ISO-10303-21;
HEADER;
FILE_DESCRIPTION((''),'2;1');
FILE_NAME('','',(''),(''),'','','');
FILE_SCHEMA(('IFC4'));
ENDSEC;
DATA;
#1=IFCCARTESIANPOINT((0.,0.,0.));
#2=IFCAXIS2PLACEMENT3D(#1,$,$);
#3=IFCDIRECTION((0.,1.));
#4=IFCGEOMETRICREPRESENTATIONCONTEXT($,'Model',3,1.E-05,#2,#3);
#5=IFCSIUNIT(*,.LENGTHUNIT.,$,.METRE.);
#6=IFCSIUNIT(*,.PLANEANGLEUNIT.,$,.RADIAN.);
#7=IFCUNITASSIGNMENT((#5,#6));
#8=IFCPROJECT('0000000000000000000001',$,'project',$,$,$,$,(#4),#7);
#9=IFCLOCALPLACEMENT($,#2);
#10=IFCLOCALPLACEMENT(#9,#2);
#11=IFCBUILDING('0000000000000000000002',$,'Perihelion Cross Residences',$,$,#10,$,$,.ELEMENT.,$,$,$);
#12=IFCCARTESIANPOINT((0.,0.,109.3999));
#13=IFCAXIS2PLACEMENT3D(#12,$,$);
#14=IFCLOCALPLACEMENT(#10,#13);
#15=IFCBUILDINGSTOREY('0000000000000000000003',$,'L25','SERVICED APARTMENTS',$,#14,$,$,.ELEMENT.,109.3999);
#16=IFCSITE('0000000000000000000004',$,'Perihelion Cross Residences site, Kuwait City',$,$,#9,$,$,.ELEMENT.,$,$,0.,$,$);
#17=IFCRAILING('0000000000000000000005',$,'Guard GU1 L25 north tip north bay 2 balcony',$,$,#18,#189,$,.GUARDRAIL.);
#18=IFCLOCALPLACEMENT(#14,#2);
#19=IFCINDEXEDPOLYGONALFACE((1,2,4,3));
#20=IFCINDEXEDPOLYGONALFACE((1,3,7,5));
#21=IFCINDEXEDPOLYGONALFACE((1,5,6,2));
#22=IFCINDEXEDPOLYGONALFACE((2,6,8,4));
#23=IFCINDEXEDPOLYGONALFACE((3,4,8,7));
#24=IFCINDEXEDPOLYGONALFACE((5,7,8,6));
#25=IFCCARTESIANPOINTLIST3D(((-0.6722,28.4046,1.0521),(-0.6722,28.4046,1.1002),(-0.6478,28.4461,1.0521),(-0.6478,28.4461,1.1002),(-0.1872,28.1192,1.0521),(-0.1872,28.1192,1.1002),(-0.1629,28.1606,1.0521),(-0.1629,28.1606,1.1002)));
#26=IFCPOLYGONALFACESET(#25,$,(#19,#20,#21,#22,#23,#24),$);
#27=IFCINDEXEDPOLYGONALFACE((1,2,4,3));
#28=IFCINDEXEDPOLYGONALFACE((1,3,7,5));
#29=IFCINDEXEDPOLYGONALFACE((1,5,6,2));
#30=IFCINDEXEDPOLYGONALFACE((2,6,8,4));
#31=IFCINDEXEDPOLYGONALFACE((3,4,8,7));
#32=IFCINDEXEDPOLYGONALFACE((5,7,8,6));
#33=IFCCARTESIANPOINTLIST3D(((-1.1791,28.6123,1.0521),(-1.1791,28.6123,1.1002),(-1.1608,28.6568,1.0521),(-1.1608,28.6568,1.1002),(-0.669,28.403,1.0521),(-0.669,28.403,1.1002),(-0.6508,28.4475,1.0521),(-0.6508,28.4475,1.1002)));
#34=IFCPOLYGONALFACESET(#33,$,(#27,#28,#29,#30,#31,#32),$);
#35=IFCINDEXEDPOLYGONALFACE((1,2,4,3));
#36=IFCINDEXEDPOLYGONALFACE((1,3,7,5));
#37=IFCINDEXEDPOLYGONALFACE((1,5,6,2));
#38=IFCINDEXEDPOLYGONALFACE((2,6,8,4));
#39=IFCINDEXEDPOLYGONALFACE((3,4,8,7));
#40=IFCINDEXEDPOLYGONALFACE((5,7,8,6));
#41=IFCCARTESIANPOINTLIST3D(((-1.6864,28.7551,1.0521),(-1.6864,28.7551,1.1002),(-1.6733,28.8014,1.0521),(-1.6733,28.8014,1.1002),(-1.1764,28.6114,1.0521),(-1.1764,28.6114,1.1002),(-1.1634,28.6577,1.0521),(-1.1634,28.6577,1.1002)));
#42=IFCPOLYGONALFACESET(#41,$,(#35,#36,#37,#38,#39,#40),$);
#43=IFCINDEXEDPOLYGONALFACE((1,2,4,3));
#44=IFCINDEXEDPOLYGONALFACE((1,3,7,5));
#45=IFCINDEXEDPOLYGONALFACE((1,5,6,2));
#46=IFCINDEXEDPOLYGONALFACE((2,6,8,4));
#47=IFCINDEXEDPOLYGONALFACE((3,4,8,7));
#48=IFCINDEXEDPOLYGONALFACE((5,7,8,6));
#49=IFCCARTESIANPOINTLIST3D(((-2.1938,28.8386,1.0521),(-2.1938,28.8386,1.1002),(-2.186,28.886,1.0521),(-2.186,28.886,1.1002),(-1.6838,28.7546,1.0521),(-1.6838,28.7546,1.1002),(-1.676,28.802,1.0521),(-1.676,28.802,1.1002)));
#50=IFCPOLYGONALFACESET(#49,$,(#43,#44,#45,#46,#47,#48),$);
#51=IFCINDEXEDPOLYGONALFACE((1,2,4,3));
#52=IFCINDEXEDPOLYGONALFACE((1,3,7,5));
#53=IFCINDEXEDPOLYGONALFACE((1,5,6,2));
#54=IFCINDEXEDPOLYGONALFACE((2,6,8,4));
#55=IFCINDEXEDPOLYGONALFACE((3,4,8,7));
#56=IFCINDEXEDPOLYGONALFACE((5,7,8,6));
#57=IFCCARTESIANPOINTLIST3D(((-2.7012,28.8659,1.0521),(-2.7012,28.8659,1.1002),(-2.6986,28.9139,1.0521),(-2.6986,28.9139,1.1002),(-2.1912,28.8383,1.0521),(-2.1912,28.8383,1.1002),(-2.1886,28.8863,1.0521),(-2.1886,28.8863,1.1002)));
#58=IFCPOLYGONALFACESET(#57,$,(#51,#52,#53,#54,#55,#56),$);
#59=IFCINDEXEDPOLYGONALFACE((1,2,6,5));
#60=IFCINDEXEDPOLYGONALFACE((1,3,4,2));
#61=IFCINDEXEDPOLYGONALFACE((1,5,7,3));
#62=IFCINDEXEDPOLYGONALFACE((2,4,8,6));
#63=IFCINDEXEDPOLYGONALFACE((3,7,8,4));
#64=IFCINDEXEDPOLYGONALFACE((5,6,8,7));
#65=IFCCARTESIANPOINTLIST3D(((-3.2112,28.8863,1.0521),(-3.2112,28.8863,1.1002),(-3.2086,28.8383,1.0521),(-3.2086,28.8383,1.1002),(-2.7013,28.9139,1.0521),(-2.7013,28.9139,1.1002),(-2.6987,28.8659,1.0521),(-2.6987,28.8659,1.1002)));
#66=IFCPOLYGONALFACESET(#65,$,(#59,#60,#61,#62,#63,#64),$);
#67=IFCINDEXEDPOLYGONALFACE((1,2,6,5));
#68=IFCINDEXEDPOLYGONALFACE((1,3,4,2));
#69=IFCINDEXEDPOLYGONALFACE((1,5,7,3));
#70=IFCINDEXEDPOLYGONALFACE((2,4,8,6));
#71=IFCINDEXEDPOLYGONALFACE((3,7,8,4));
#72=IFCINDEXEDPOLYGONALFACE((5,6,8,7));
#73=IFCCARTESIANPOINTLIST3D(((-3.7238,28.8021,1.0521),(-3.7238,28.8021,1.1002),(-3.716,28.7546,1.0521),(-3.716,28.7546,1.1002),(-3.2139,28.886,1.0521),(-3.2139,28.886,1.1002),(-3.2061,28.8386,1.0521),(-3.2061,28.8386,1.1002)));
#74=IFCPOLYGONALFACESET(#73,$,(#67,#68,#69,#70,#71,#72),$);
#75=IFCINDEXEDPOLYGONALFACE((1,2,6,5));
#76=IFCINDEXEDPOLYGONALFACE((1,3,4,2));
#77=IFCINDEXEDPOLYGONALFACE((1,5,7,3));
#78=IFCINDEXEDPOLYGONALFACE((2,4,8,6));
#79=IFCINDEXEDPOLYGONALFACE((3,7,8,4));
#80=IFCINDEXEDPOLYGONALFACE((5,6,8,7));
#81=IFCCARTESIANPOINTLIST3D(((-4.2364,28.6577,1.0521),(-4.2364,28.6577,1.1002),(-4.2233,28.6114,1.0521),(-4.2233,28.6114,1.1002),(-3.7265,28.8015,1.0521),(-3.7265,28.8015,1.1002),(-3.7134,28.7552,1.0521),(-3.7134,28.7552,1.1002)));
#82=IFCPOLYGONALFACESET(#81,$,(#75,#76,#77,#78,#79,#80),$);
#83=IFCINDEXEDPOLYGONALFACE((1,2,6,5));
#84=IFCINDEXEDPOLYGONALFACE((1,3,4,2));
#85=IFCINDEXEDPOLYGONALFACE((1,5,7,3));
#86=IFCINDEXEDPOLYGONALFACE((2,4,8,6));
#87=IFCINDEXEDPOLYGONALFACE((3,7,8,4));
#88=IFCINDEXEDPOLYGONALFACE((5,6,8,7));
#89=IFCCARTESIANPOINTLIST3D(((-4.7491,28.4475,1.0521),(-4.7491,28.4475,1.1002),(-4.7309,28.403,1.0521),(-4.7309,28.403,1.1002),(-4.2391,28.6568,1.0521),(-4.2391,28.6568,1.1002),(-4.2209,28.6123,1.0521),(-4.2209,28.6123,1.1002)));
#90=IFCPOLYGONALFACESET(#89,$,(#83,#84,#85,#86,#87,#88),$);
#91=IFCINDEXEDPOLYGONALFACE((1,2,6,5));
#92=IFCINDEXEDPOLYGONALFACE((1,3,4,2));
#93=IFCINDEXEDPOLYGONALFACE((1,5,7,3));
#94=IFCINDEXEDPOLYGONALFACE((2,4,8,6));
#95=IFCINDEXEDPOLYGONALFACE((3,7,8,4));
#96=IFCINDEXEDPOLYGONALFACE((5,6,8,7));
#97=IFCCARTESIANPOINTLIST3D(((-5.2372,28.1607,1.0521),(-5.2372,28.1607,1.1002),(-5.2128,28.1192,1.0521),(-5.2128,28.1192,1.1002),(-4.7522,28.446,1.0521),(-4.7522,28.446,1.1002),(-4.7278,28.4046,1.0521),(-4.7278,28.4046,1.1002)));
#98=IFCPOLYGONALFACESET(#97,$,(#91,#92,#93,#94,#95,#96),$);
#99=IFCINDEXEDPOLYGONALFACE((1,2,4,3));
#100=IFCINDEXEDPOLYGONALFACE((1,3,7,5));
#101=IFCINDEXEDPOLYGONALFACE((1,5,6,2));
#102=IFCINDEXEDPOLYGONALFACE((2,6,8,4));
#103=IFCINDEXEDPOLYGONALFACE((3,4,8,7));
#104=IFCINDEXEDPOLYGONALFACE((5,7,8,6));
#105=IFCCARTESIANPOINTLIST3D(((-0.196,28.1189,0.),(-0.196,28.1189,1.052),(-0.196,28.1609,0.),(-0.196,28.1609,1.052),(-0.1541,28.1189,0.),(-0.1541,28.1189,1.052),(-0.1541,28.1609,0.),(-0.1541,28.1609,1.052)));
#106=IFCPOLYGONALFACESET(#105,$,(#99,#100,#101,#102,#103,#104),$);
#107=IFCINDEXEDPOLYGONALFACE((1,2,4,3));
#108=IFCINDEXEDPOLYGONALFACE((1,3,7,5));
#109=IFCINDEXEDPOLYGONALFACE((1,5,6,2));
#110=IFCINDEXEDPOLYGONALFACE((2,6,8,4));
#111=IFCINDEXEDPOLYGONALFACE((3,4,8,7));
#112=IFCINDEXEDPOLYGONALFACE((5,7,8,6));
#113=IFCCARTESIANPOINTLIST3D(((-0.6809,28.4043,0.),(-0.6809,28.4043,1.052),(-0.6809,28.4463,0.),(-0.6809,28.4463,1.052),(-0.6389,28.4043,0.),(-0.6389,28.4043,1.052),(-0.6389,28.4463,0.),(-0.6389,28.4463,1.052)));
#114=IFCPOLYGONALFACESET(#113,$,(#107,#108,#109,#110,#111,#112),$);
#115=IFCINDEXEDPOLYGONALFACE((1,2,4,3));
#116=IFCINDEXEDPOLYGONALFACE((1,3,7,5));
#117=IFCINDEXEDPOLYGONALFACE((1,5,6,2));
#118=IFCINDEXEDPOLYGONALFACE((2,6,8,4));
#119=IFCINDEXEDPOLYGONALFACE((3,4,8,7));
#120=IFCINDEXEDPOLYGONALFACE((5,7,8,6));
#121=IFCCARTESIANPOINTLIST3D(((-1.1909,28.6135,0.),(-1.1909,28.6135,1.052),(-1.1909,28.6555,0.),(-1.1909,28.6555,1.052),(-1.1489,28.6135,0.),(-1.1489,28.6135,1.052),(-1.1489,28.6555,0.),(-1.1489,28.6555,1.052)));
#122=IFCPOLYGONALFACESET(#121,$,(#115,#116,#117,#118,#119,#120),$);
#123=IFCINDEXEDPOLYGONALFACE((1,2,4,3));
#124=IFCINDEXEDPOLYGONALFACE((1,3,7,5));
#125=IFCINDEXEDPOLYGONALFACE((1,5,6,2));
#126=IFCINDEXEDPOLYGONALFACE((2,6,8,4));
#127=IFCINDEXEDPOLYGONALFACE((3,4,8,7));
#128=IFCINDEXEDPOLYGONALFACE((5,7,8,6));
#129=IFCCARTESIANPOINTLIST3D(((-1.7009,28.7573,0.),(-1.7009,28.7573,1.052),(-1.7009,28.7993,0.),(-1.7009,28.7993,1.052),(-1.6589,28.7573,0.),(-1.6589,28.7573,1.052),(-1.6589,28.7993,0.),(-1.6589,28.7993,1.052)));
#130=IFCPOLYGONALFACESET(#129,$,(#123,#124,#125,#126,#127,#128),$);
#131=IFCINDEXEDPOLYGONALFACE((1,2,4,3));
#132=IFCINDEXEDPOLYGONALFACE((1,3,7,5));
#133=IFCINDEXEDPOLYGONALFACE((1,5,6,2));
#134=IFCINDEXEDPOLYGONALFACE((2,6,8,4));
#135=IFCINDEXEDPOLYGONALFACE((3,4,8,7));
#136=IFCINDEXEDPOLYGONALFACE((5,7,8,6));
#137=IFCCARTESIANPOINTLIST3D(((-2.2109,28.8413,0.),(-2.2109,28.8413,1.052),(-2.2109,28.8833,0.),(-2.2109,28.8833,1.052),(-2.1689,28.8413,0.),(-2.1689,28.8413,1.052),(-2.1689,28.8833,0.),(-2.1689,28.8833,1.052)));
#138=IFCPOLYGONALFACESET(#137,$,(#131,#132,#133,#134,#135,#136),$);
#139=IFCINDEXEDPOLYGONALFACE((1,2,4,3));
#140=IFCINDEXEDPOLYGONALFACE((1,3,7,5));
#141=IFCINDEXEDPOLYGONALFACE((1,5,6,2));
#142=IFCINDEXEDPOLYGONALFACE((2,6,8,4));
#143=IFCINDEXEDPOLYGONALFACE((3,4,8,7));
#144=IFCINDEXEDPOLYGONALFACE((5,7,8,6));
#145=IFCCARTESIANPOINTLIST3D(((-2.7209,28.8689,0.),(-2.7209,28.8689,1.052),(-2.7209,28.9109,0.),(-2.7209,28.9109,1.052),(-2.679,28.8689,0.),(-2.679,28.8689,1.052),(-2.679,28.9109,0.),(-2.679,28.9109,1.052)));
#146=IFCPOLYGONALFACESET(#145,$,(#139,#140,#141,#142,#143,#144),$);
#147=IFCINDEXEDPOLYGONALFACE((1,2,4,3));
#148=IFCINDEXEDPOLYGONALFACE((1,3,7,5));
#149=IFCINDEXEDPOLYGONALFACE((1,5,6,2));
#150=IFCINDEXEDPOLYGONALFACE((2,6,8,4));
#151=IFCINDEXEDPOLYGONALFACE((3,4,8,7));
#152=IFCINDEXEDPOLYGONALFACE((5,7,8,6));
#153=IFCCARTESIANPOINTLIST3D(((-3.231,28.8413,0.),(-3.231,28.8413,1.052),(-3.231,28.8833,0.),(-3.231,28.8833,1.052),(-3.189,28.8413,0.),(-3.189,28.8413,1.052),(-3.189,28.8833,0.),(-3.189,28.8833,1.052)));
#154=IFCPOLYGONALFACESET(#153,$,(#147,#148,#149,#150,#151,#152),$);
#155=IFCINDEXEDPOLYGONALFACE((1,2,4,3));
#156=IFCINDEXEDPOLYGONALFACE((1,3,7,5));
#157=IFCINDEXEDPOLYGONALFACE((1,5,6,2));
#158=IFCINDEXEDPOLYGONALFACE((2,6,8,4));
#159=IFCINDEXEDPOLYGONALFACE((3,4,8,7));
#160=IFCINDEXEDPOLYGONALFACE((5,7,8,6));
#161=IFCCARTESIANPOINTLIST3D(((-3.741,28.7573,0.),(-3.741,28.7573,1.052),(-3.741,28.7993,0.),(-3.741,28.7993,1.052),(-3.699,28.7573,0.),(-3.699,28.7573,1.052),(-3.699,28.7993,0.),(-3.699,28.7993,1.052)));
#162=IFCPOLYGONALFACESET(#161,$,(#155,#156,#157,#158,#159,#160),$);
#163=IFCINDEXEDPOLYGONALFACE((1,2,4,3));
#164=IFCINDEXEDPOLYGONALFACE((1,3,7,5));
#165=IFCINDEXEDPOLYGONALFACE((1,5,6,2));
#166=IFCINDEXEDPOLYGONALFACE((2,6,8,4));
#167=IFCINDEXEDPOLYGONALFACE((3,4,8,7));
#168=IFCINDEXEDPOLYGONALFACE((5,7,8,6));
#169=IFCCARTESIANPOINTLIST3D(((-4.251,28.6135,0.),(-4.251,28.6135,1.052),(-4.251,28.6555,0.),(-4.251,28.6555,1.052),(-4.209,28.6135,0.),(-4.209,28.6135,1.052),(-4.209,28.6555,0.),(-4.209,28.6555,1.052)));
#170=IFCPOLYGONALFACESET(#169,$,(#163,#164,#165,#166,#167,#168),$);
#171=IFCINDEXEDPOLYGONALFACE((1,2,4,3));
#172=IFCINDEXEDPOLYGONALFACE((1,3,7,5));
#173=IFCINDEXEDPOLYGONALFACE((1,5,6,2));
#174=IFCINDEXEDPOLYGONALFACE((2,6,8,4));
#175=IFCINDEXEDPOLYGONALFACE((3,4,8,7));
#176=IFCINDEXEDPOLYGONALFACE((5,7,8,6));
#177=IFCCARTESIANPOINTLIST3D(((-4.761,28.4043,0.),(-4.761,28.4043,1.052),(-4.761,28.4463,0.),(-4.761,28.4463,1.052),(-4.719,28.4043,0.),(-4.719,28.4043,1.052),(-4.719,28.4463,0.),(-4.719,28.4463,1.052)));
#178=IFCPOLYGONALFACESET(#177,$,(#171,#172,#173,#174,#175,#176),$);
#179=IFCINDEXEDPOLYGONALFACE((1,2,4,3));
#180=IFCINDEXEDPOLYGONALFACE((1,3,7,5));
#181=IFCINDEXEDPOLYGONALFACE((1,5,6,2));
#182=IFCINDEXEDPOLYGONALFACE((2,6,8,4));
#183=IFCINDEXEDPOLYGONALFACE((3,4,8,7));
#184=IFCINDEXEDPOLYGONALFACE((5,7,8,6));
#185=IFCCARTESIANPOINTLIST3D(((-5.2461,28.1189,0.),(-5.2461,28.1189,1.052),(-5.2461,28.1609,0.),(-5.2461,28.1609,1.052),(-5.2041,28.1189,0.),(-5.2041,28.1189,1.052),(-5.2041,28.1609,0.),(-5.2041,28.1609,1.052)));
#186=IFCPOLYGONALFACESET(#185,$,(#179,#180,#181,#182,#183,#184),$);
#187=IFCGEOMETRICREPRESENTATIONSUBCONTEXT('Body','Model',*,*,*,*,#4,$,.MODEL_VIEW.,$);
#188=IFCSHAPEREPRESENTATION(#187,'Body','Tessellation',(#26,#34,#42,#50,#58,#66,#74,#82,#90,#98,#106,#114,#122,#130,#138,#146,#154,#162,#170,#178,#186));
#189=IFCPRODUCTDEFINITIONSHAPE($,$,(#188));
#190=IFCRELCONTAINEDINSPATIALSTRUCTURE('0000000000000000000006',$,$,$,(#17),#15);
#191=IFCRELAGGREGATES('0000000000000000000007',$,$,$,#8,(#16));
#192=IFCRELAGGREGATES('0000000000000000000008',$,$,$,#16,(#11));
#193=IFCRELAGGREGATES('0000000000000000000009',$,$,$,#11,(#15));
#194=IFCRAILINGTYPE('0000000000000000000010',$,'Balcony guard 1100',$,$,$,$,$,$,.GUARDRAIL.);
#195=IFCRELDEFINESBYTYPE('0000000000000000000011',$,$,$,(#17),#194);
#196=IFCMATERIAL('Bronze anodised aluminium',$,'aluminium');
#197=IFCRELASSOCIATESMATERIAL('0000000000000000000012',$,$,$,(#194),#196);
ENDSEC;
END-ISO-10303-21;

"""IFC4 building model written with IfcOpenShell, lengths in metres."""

from ifc_helpers import new_model, si_unit, direction, frame, origin, origin_2d, place, context, subcontext, project, spatial, rectangle, extrude, material, type_object, element, save


model = new_model("IFC4")

# Units and contexts
model_context = context("Model", 3, precision=1e-05, world=origin(), true_north=direction((0.0, 1.0)))
body_context = subcontext(model_context, "Body", "Model", "MODEL_VIEW")
ifc_project = project(units=[si_unit("LENGTHUNIT", "METRE"), si_unit("PLANEANGLEUNIT", "RADIAN")], contexts=[model_context])

# Site, building, storey
site_placement = place(None, origin())
site = spatial("IfcSite", under=ifc_project, at=site_placement, Name="Perihelion Cross Residences site, Kuwait City", CompositionType="ELEMENT", RefElevation=0.0)
building_placement = place(site_placement, origin())
building = spatial("IfcBuilding", under=site, at=building_placement, Name="Perihelion Cross Residences", CompositionType="ELEMENT")
storey_placement = place(building_placement, frame((0.0, 0.0, 109.3999)))
storey = spatial("IfcBuildingStorey", under=building, at=storey_placement, Name="L25", Description="SERVICED APARTMENTS", CompositionType="ELEMENT", Elevation=109.3999)

# Railing
ifc_material_1 = material(Name="Bronze anodised aluminium", Category="aluminium")
railing_type = type_object("IfcRailingType", Name="Balcony guard 1100", PredefinedType="GUARDRAIL", material=ifc_material_1)
railing_placement = place(storey_placement, frame((-0.175, 28.1399, 0.0)))
element("IfcRailing", 1, at=railing_placement, inside=storey, type_object=railing_type, Name="Guard GU1 L25 north tip north bay 2 balcony", PredefinedType="GUARDRAIL", context=body_context, shape_type="SweptSolid", body=[
    extrude(rectangle(XDim=0.0481, YDim=0.0481, at=origin_2d()), frame((0.0, 0.0, 1.0762), z_axis=(-0.861789, 0.507267, 0.0), x_axis=(-0.507267, -0.861789, 0.0)), (0.0, 0.0, 1.0), 0.5627),
    extrude(rectangle(XDim=0.0481, YDim=0.0481, at=origin_2d()), frame((-0.4849, 0.2854, 1.0762), z_axis=(-0.925173, 0.379547, 0.0), x_axis=(-0.379547, -0.925173, 0.0)), (0.0, 0.0, 1.0), 0.5513),
    extrude(rectangle(XDim=0.0481, YDim=0.0481, at=origin_2d()), frame((-0.9949, 0.4946, 1.0762), z_axis=(-0.962474, 0.271373, 0.0), x_axis=(-0.271373, -0.962474, 0.0)), (0.0, 0.0, 1.0), 0.5298),
    extrude(rectangle(XDim=0.0481, YDim=0.0481, at=origin_2d()), frame((-1.5049, 0.6384, 1.0762), z_axis=(-0.986711, 0.162484, 0.0), x_axis=(-0.162484, -0.986711, 0.0)), (0.0, 0.0, 1.0), 0.5168),
    extrude(rectangle(XDim=0.0481, YDim=0.0481, at=origin_2d()), frame((-2.0149, 0.7224, 1.0762), z_axis=(-0.99854, 0.054014, 0.0), x_axis=(-0.054014, -0.99854, 0.0)), (0.0, 0.0, 1.0), 0.5107),
    extrude(rectangle(XDim=0.0481, YDim=0.0481, at=origin_2d()), frame((-2.5249, 0.75, 1.0762), z_axis=(-0.99854, -0.054014, 0.0), x_axis=(0.054014, -0.99854, 0.0)), (0.0, 0.0, 1.0), 0.5107),
    extrude(rectangle(XDim=0.0481, YDim=0.0481, at=origin_2d()), frame((-3.0349, 0.7224, 1.0762), z_axis=(-0.986711, -0.162484, 0.0), x_axis=(0.162484, -0.986711, 0.0)), (0.0, 0.0, 1.0), 0.5168),
    extrude(rectangle(XDim=0.0481, YDim=0.0481, at=origin_2d()), frame((-3.5449, 0.6384, 1.0762), z_axis=(-0.962474, -0.271373, 0.0), x_axis=(0.271373, -0.962474, 0.0)), (0.0, 0.0, 1.0), 0.5298),
    extrude(rectangle(XDim=0.0481, YDim=0.0481, at=origin_2d()), frame((-4.0549, 0.4946, 1.0762), z_axis=(-0.925173, -0.379547, 0.0), x_axis=(0.379547, -0.925173, 0.0)), (0.0, 0.0, 1.0), 0.5513),
    extrude(rectangle(XDim=0.0481, YDim=0.0481, at=origin_2d()), frame((-4.5649, 0.2854, 1.0762), z_axis=(-0.861901, -0.507077, 0.0), x_axis=(0.507077, -0.861901, 0.0)), (0.0, 0.0, 1.0), 0.5627),
    extrude(rectangle(XDim=0.042, YDim=0.042, at=origin_2d()), origin(), (0.0, 0.0, 1.0), 1.052),
    extrude(rectangle(XDim=0.042, YDim=0.042, at=origin_2d()), frame((-0.4849, 0.2854, 0.0)), (0.0, 0.0, 1.0), 1.052),
    extrude(rectangle(XDim=0.042, YDim=0.042, at=origin_2d()), frame((-0.9949, 0.4946, 0.0)), (0.0, 0.0, 1.0), 1.052),
    extrude(rectangle(XDim=0.042, YDim=0.042, at=origin_2d()), frame((-1.5049, 0.6384, 0.0)), (0.0, 0.0, 1.0), 1.052),
    extrude(rectangle(XDim=0.042, YDim=0.042, at=origin_2d()), frame((-2.0149, 0.7224, 0.0)), (0.0, 0.0, 1.0), 1.052),
    extrude(rectangle(XDim=0.042, YDim=0.042, at=origin_2d()), frame((-2.5249, 0.75, 0.0)), (0.0, 0.0, 1.0), 1.052),
    extrude(rectangle(XDim=0.042, YDim=0.042, at=origin_2d()), frame((-3.0349, 0.7224, 0.0)), (0.0, 0.0, 1.0), 1.052),
    extrude(rectangle(XDim=0.042, YDim=0.042, at=origin_2d()), frame((-3.5449, 0.6384, 0.0)), (0.0, 0.0, 1.0), 1.052),
    extrude(rectangle(XDim=0.042, YDim=0.042, at=origin_2d()), frame((-4.0549, 0.4946, 0.0)), (0.0, 0.0, 1.0), 1.052),
    extrude(rectangle(XDim=0.042, YDim=0.042, at=origin_2d()), frame((-4.5649, 0.2854, 0.0)), (0.0, 0.0, 1.0), 1.052),
    extrude(rectangle(XDim=0.042, YDim=0.042, at=origin_2d()), frame((-5.05, 0.0, 0.0)), (0.0, 0.0, 1.0), 1.052),
])

save(model, "model.ifc")
